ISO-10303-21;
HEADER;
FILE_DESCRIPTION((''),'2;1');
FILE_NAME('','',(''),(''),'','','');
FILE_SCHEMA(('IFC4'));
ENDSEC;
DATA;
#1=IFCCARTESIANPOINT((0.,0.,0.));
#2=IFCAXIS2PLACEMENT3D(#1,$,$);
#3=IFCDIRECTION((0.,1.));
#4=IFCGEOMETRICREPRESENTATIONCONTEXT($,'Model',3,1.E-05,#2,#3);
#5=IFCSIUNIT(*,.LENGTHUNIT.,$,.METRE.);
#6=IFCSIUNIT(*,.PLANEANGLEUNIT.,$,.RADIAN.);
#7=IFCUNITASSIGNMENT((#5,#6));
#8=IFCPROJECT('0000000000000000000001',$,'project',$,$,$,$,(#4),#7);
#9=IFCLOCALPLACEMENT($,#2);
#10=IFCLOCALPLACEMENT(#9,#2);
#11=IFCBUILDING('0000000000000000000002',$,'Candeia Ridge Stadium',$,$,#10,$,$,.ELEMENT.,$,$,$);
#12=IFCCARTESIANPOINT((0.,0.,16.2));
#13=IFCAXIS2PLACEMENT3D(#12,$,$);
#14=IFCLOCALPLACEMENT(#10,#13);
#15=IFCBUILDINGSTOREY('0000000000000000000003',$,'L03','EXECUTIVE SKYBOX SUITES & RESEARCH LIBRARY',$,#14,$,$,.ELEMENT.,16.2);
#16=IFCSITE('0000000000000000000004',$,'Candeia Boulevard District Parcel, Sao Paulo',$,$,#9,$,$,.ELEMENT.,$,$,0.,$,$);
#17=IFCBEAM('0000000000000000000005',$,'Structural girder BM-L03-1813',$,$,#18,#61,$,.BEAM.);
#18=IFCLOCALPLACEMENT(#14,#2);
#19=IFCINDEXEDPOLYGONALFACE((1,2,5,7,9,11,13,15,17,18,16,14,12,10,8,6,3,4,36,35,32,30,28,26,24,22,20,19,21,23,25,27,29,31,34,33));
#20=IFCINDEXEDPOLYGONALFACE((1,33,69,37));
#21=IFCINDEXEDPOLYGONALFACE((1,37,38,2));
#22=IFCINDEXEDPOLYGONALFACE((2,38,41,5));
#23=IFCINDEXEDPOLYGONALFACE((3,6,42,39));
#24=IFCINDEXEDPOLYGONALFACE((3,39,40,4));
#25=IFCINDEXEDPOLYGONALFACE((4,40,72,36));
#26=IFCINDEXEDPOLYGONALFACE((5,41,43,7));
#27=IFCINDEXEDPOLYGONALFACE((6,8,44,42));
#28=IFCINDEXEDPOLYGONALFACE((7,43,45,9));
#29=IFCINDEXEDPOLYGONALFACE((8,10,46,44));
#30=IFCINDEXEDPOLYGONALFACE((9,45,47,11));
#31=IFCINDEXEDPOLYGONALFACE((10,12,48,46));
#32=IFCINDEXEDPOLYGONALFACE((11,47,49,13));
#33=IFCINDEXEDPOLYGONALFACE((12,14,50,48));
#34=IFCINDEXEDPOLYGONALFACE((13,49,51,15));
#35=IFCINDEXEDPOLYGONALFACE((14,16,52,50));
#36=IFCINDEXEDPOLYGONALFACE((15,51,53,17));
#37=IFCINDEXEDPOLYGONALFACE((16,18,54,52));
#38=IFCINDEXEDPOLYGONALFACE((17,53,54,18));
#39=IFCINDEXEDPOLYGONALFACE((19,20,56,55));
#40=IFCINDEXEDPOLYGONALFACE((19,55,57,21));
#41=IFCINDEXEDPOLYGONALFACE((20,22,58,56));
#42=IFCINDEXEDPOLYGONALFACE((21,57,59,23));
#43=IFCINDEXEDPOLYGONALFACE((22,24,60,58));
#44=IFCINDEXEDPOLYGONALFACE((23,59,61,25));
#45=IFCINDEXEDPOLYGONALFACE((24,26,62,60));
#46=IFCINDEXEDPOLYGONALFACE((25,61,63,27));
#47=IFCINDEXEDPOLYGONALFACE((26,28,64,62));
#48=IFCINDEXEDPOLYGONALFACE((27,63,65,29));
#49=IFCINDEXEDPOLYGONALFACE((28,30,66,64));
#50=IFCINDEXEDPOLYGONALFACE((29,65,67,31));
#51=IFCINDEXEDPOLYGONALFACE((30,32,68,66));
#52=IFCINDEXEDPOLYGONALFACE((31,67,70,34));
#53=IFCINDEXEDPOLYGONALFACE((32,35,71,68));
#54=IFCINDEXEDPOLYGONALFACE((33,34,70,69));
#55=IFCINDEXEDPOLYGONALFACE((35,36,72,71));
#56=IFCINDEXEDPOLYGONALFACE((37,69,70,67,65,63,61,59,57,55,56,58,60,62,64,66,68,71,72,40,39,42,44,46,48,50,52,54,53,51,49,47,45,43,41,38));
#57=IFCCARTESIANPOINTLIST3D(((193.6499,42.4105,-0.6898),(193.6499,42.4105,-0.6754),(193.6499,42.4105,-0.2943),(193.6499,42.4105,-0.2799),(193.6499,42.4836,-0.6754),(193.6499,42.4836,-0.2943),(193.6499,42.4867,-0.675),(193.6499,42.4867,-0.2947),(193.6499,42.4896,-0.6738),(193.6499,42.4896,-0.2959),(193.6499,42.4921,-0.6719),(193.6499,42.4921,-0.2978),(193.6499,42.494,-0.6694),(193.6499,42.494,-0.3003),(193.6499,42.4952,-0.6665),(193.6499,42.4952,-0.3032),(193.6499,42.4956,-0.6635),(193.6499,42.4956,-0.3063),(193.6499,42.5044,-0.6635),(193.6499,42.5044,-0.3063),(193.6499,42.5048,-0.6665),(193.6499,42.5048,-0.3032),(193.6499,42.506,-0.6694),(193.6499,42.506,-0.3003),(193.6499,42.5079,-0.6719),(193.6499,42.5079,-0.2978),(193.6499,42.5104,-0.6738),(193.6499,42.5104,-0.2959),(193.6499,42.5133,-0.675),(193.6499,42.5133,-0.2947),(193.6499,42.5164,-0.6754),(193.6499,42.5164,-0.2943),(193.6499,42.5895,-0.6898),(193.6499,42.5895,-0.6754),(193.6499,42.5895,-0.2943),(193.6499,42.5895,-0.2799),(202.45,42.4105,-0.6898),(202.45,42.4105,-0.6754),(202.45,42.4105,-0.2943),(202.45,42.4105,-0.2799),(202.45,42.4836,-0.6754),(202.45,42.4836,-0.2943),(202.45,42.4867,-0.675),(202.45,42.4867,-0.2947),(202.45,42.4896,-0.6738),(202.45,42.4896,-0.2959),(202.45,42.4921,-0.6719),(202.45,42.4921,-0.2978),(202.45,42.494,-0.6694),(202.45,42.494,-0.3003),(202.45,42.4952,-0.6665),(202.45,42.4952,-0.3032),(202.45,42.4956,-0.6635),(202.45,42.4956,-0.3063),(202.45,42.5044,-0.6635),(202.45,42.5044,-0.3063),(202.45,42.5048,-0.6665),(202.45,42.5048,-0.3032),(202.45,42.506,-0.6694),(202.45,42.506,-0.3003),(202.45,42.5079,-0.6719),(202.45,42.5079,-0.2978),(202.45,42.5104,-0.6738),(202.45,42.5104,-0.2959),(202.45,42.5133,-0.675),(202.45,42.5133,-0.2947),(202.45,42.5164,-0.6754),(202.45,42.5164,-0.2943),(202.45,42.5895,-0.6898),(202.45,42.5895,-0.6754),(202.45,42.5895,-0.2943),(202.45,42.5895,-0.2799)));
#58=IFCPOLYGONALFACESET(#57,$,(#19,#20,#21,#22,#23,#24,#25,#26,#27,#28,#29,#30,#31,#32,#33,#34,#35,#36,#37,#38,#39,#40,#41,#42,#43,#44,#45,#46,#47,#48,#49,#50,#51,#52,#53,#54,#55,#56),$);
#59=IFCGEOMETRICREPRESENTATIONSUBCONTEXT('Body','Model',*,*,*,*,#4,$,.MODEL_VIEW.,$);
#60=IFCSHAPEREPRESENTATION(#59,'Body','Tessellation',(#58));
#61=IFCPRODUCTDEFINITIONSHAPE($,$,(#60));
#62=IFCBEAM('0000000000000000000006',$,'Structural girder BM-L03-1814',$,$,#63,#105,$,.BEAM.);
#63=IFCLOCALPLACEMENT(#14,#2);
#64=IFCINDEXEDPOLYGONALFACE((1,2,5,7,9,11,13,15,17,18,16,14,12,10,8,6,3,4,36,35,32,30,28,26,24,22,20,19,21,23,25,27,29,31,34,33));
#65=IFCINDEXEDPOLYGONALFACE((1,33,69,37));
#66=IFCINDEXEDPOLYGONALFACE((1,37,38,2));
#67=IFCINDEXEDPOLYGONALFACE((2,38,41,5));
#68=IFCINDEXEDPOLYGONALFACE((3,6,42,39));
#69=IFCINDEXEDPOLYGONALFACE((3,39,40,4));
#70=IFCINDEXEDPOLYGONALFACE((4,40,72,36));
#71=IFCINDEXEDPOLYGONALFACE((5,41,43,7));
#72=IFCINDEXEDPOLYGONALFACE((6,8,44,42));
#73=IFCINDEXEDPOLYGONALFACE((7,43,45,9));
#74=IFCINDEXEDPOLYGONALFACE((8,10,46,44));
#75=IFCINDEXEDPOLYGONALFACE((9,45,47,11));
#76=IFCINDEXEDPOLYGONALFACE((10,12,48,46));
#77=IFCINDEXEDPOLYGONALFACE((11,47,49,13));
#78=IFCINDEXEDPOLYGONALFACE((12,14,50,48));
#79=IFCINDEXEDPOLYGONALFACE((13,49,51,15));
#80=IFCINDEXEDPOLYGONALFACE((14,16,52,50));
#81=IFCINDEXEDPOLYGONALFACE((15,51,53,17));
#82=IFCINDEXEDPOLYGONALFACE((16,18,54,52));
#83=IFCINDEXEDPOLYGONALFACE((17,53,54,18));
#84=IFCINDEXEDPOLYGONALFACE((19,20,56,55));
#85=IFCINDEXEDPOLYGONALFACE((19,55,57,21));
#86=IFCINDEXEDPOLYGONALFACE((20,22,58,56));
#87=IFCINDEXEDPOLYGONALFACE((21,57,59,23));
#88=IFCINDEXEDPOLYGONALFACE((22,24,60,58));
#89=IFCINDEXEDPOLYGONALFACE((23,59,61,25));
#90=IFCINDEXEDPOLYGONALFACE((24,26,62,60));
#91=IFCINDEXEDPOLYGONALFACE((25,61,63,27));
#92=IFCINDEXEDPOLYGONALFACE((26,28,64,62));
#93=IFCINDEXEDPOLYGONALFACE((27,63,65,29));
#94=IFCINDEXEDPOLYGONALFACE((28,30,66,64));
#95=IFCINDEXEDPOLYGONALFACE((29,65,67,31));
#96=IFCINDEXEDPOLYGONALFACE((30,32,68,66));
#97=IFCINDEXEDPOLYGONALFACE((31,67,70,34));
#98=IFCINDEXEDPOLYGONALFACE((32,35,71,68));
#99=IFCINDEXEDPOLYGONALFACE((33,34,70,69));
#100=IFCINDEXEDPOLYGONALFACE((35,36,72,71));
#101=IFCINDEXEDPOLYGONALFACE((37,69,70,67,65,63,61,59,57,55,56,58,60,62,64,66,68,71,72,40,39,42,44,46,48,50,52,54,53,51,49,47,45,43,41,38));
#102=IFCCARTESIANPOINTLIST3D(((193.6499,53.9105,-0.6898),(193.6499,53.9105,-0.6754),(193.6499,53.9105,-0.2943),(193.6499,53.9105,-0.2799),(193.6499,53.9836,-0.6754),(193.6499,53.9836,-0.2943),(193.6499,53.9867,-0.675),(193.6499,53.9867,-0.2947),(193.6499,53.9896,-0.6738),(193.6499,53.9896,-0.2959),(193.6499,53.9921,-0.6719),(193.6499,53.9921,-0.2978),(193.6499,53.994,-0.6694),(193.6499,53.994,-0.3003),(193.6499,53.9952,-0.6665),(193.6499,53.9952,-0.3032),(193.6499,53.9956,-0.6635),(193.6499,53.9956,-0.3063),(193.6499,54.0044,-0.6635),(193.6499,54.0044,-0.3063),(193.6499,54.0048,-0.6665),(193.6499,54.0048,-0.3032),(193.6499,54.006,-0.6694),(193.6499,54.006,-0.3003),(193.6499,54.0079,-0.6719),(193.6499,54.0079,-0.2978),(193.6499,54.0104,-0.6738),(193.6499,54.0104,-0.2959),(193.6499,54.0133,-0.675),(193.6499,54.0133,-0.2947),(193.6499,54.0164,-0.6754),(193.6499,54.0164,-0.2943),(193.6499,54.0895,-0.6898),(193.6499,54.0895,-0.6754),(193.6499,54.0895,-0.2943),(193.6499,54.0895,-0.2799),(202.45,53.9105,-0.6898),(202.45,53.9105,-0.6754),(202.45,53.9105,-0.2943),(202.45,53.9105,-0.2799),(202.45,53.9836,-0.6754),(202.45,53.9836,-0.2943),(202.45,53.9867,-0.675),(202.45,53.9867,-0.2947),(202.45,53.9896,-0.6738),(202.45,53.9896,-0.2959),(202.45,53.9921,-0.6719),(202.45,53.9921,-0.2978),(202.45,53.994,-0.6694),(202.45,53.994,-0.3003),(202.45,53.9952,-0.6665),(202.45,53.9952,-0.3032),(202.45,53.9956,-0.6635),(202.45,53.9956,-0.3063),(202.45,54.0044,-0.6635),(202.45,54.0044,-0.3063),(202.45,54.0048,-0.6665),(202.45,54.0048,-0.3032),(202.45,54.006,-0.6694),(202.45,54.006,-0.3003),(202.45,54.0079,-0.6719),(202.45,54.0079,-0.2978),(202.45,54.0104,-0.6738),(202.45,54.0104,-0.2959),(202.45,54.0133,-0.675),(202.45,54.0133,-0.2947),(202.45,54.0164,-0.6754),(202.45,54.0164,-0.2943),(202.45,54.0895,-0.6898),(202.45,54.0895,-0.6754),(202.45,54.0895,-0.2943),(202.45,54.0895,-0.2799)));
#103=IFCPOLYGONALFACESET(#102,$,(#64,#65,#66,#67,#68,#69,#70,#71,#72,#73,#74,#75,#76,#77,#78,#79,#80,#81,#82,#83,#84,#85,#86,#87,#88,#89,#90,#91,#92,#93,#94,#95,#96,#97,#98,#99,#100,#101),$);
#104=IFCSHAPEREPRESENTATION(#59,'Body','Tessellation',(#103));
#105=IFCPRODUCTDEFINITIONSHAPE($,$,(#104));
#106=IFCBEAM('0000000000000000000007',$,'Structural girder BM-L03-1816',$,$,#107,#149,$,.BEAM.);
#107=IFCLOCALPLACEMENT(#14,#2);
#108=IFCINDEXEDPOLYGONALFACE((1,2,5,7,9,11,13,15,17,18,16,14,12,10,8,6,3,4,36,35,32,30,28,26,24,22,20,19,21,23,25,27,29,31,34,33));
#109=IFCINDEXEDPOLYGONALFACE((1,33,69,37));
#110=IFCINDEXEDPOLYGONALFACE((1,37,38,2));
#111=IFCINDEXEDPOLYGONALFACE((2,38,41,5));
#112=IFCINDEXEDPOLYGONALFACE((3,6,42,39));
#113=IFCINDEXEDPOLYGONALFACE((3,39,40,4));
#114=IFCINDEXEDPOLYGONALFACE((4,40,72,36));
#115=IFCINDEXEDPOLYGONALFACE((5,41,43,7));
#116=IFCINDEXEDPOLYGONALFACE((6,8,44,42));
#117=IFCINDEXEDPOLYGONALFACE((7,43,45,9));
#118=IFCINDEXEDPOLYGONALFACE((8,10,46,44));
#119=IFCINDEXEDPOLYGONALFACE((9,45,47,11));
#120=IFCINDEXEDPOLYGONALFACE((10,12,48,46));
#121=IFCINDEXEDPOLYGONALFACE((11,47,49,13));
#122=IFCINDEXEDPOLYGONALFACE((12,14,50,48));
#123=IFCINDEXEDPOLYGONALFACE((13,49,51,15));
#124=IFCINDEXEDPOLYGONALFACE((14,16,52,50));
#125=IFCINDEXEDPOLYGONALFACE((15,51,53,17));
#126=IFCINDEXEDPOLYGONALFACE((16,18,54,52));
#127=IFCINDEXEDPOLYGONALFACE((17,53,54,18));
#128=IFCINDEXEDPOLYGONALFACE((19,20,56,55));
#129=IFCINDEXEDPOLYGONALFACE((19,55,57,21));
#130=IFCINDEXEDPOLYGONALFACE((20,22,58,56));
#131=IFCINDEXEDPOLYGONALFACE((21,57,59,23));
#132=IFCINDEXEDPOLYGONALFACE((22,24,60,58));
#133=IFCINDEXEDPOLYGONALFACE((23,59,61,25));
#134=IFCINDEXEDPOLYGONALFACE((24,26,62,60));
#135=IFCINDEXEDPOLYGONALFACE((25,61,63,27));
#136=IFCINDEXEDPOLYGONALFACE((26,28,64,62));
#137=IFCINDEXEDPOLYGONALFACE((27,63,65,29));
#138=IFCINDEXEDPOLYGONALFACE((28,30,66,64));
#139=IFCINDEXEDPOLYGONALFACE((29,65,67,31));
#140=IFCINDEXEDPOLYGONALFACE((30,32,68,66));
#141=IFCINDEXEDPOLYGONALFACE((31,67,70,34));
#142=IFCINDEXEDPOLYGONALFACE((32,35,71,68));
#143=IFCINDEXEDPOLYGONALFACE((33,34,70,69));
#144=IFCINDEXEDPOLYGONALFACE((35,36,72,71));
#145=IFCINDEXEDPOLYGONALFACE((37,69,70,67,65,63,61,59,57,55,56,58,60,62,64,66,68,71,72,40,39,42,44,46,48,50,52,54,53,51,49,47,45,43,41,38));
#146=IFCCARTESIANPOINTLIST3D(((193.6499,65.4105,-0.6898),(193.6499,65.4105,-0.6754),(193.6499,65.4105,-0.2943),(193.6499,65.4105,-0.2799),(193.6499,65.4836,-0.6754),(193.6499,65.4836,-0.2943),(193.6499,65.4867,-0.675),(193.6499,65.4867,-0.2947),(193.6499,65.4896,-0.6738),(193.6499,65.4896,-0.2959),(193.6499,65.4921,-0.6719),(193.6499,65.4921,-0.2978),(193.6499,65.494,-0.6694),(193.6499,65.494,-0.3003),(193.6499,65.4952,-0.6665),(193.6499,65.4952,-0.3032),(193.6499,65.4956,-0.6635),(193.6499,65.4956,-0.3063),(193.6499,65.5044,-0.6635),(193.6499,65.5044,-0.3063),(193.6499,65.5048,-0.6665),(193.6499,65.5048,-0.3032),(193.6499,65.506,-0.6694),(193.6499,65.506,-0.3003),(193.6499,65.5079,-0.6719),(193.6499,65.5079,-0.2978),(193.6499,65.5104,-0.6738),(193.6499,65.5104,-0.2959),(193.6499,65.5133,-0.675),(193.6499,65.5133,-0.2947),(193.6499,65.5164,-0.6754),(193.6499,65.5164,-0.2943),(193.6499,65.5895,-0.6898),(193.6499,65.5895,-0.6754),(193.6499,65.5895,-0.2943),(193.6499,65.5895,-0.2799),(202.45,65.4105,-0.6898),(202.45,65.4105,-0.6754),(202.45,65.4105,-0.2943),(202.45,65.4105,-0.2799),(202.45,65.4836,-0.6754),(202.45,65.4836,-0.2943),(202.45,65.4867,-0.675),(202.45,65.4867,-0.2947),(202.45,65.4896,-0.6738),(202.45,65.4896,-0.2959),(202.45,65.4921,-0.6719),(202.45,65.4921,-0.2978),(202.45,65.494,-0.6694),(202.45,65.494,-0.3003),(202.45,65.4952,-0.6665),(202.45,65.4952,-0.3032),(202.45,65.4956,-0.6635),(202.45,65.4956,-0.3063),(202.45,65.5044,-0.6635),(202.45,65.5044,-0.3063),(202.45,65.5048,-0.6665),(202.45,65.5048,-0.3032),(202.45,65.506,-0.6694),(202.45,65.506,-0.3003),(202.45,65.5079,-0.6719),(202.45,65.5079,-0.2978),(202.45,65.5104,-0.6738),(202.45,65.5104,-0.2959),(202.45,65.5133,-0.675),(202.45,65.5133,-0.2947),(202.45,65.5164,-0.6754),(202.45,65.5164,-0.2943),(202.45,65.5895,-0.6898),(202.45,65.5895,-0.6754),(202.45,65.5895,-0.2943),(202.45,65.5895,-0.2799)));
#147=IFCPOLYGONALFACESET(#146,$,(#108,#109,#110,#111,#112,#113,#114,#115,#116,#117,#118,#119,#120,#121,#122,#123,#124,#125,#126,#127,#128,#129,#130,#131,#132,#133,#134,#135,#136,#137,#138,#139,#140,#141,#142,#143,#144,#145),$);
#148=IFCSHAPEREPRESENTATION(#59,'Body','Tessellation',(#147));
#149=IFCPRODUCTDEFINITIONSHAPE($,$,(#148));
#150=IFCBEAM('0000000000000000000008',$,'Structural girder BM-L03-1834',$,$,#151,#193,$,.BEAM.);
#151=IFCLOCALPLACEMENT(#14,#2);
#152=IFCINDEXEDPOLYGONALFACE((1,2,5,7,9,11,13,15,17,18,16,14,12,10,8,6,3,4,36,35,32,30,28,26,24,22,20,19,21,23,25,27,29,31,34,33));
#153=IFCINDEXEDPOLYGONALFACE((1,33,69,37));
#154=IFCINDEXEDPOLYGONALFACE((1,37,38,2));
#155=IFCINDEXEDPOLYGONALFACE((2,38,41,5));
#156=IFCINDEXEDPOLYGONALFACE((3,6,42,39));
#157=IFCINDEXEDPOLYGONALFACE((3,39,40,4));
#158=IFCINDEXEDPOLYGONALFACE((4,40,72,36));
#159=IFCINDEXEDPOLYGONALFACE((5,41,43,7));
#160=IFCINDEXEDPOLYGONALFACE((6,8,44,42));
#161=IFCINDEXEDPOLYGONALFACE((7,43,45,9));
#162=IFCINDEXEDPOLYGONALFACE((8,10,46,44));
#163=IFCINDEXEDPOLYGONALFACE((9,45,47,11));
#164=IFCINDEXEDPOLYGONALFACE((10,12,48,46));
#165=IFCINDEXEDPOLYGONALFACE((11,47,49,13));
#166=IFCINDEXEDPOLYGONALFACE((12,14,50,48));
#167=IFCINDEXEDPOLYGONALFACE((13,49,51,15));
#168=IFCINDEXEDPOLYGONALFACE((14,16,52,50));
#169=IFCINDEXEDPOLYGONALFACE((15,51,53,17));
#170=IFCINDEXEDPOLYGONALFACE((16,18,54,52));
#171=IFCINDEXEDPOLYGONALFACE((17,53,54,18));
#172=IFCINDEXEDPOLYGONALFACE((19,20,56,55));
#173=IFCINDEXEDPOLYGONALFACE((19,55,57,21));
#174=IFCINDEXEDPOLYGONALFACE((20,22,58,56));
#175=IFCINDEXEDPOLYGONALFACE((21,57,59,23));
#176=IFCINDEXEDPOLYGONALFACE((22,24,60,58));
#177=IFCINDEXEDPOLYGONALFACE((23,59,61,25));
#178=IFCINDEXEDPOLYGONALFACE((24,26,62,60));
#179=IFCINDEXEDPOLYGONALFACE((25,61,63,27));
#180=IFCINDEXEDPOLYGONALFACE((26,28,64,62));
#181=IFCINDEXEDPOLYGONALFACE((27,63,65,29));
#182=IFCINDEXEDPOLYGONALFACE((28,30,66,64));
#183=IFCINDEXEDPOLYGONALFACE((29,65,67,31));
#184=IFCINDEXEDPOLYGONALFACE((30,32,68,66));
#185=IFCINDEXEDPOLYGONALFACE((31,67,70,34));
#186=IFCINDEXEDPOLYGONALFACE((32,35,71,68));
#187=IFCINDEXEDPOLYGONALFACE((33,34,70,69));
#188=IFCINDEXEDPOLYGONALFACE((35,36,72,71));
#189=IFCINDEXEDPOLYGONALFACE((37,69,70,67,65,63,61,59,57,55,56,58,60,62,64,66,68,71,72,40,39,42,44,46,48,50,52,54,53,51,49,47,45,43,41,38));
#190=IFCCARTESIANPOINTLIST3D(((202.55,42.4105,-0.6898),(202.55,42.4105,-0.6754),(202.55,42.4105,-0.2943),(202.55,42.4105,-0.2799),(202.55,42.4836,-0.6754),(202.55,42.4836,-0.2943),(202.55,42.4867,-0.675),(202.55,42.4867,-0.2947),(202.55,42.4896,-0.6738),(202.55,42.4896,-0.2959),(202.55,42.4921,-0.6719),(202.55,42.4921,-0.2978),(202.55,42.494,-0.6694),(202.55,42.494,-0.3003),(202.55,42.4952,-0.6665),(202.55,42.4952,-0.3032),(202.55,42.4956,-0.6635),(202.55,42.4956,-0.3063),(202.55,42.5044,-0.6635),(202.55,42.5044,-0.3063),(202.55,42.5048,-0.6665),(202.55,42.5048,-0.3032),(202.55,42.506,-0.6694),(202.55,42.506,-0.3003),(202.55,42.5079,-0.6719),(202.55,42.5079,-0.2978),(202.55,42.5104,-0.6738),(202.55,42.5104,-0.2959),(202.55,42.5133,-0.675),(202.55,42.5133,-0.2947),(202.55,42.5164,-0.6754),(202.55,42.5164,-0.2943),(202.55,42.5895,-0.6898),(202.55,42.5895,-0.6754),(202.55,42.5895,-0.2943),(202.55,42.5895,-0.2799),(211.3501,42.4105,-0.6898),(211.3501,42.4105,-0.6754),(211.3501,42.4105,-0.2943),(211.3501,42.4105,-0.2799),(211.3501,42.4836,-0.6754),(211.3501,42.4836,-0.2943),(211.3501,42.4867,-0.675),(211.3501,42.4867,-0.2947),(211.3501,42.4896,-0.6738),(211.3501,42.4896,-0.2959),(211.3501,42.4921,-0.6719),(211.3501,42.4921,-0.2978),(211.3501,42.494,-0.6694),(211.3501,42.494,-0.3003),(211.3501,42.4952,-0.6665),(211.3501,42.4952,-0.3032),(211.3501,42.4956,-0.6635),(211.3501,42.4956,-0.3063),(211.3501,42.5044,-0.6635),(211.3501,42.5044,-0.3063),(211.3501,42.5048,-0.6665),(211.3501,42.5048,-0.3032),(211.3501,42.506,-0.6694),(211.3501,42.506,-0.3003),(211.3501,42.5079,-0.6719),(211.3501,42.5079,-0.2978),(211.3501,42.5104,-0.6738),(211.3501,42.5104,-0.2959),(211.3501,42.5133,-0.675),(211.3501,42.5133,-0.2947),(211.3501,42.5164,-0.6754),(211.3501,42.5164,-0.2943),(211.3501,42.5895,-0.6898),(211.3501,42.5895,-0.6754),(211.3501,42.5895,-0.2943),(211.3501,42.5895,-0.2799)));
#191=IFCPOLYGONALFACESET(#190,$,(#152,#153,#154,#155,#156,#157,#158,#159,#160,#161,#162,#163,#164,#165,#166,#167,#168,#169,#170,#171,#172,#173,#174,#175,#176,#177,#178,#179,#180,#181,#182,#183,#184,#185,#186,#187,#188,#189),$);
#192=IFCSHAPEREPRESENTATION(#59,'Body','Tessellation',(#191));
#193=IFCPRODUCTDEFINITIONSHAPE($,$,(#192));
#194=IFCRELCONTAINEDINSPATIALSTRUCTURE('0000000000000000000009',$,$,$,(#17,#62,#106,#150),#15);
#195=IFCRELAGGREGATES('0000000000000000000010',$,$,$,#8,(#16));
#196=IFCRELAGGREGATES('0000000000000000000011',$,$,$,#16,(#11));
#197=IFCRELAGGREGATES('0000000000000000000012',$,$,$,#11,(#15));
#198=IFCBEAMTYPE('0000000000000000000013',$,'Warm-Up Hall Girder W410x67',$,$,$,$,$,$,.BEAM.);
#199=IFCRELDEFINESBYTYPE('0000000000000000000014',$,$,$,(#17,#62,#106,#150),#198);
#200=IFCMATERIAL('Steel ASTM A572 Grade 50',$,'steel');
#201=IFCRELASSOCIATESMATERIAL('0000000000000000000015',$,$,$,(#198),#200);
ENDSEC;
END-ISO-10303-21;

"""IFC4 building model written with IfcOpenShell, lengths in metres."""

from ifc_helpers import new_model, si_unit, direction, frame, origin, origin_2d, place, context, subcontext, project, spatial, i_section, extrude, material, material_profile, profile_set, type_object, element, save


model = new_model("IFC4")

# Units and contexts
model_context = context("Model", 3, precision=1e-05, world=origin(), true_north=direction((0.0, 1.0)))
body_context = subcontext(model_context, "Body", "Model", "MODEL_VIEW")
ifc_project = project(units=[si_unit("LENGTHUNIT", "METRE"), si_unit("PLANEANGLEUNIT", "RADIAN")], contexts=[model_context])

# Site, building, storey
site_placement = place(None, origin())
site = spatial("IfcSite", under=ifc_project, at=site_placement, Name="Candeia Boulevard District Parcel, Sao Paulo", CompositionType="ELEMENT", RefElevation=0.0)
building_placement = place(site_placement, origin())
building = spatial("IfcBuilding", under=site, at=building_placement, Name="Candeia Ridge Stadium", CompositionType="ELEMENT")
storey_placement = place(building_placement, frame((0.0, 0.0, 16.2)))
storey = spatial("IfcBuildingStorey", under=building, at=storey_placement, Name="L03", Description="EXECUTIVE SKYBOX SUITES & RESEARCH LIBRARY", CompositionType="ELEMENT", Elevation=16.2)

# Beams
ifc_material_1 = material(Name="Steel ASTM A572 Grade 50", Category="steel")
ifc_material_profile_1 = material_profile(ifc_material_1, i_section(OverallWidth=0.179, OverallDepth=0.4099, WebThickness=0.0088, FlangeThickness=0.0144, FilletRadius=0.012, at=origin_2d()), Name="W410x67", Category="steel")
ifc_profile_set_1 = profile_set([ifc_material_profile_1], Name="Steel ASTM A572 Grade 50")
beam_type_1 = type_object("IfcBeamType", Name="Warm-Up Hall Girder W410x67", PredefinedType="BEAM", material=ifc_profile_set_1)
for number, where, z_axis, x_axis, name in (
    (1, (193.6499, 42.5, -0.4849), (1.0, 0.0, 0.0), (0.0, 1.0, 0.0), "Structural girder BM-L03-1813"),
    (2, (193.6499, 54.0, -0.4849), (1.0, 0.0, 0.0), (0.0, 1.0, 0.0), "Structural girder BM-L03-1814"),
    (3, (193.6499, 65.5, -0.4849), (1.0, 0.0, 0.0), (0.0, 1.0, 0.0), "Structural girder BM-L03-1816"),
    (4, (202.55, 42.5, -0.4849), (1.0, 0.0, 0.0), (0.0, 1.0, 0.0), "Structural girder BM-L03-1834"),
):
    element("IfcBeam", number, at=place(storey_placement, frame(where, z_axis=z_axis, x_axis=x_axis)), inside=storey, type_object=beam_type_1, Name=name, PredefinedType="BEAM", context=body_context, shape_type="SweptSolid", body=[
        extrude(i_section(OverallWidth=0.179, OverallDepth=0.4099, WebThickness=0.0088, FlangeThickness=0.0144, FilletRadius=0.012, at=origin_2d()), origin(), (0.0, 0.0, 1.0), 8.8),
    ])

save(model, "model.ifc")
